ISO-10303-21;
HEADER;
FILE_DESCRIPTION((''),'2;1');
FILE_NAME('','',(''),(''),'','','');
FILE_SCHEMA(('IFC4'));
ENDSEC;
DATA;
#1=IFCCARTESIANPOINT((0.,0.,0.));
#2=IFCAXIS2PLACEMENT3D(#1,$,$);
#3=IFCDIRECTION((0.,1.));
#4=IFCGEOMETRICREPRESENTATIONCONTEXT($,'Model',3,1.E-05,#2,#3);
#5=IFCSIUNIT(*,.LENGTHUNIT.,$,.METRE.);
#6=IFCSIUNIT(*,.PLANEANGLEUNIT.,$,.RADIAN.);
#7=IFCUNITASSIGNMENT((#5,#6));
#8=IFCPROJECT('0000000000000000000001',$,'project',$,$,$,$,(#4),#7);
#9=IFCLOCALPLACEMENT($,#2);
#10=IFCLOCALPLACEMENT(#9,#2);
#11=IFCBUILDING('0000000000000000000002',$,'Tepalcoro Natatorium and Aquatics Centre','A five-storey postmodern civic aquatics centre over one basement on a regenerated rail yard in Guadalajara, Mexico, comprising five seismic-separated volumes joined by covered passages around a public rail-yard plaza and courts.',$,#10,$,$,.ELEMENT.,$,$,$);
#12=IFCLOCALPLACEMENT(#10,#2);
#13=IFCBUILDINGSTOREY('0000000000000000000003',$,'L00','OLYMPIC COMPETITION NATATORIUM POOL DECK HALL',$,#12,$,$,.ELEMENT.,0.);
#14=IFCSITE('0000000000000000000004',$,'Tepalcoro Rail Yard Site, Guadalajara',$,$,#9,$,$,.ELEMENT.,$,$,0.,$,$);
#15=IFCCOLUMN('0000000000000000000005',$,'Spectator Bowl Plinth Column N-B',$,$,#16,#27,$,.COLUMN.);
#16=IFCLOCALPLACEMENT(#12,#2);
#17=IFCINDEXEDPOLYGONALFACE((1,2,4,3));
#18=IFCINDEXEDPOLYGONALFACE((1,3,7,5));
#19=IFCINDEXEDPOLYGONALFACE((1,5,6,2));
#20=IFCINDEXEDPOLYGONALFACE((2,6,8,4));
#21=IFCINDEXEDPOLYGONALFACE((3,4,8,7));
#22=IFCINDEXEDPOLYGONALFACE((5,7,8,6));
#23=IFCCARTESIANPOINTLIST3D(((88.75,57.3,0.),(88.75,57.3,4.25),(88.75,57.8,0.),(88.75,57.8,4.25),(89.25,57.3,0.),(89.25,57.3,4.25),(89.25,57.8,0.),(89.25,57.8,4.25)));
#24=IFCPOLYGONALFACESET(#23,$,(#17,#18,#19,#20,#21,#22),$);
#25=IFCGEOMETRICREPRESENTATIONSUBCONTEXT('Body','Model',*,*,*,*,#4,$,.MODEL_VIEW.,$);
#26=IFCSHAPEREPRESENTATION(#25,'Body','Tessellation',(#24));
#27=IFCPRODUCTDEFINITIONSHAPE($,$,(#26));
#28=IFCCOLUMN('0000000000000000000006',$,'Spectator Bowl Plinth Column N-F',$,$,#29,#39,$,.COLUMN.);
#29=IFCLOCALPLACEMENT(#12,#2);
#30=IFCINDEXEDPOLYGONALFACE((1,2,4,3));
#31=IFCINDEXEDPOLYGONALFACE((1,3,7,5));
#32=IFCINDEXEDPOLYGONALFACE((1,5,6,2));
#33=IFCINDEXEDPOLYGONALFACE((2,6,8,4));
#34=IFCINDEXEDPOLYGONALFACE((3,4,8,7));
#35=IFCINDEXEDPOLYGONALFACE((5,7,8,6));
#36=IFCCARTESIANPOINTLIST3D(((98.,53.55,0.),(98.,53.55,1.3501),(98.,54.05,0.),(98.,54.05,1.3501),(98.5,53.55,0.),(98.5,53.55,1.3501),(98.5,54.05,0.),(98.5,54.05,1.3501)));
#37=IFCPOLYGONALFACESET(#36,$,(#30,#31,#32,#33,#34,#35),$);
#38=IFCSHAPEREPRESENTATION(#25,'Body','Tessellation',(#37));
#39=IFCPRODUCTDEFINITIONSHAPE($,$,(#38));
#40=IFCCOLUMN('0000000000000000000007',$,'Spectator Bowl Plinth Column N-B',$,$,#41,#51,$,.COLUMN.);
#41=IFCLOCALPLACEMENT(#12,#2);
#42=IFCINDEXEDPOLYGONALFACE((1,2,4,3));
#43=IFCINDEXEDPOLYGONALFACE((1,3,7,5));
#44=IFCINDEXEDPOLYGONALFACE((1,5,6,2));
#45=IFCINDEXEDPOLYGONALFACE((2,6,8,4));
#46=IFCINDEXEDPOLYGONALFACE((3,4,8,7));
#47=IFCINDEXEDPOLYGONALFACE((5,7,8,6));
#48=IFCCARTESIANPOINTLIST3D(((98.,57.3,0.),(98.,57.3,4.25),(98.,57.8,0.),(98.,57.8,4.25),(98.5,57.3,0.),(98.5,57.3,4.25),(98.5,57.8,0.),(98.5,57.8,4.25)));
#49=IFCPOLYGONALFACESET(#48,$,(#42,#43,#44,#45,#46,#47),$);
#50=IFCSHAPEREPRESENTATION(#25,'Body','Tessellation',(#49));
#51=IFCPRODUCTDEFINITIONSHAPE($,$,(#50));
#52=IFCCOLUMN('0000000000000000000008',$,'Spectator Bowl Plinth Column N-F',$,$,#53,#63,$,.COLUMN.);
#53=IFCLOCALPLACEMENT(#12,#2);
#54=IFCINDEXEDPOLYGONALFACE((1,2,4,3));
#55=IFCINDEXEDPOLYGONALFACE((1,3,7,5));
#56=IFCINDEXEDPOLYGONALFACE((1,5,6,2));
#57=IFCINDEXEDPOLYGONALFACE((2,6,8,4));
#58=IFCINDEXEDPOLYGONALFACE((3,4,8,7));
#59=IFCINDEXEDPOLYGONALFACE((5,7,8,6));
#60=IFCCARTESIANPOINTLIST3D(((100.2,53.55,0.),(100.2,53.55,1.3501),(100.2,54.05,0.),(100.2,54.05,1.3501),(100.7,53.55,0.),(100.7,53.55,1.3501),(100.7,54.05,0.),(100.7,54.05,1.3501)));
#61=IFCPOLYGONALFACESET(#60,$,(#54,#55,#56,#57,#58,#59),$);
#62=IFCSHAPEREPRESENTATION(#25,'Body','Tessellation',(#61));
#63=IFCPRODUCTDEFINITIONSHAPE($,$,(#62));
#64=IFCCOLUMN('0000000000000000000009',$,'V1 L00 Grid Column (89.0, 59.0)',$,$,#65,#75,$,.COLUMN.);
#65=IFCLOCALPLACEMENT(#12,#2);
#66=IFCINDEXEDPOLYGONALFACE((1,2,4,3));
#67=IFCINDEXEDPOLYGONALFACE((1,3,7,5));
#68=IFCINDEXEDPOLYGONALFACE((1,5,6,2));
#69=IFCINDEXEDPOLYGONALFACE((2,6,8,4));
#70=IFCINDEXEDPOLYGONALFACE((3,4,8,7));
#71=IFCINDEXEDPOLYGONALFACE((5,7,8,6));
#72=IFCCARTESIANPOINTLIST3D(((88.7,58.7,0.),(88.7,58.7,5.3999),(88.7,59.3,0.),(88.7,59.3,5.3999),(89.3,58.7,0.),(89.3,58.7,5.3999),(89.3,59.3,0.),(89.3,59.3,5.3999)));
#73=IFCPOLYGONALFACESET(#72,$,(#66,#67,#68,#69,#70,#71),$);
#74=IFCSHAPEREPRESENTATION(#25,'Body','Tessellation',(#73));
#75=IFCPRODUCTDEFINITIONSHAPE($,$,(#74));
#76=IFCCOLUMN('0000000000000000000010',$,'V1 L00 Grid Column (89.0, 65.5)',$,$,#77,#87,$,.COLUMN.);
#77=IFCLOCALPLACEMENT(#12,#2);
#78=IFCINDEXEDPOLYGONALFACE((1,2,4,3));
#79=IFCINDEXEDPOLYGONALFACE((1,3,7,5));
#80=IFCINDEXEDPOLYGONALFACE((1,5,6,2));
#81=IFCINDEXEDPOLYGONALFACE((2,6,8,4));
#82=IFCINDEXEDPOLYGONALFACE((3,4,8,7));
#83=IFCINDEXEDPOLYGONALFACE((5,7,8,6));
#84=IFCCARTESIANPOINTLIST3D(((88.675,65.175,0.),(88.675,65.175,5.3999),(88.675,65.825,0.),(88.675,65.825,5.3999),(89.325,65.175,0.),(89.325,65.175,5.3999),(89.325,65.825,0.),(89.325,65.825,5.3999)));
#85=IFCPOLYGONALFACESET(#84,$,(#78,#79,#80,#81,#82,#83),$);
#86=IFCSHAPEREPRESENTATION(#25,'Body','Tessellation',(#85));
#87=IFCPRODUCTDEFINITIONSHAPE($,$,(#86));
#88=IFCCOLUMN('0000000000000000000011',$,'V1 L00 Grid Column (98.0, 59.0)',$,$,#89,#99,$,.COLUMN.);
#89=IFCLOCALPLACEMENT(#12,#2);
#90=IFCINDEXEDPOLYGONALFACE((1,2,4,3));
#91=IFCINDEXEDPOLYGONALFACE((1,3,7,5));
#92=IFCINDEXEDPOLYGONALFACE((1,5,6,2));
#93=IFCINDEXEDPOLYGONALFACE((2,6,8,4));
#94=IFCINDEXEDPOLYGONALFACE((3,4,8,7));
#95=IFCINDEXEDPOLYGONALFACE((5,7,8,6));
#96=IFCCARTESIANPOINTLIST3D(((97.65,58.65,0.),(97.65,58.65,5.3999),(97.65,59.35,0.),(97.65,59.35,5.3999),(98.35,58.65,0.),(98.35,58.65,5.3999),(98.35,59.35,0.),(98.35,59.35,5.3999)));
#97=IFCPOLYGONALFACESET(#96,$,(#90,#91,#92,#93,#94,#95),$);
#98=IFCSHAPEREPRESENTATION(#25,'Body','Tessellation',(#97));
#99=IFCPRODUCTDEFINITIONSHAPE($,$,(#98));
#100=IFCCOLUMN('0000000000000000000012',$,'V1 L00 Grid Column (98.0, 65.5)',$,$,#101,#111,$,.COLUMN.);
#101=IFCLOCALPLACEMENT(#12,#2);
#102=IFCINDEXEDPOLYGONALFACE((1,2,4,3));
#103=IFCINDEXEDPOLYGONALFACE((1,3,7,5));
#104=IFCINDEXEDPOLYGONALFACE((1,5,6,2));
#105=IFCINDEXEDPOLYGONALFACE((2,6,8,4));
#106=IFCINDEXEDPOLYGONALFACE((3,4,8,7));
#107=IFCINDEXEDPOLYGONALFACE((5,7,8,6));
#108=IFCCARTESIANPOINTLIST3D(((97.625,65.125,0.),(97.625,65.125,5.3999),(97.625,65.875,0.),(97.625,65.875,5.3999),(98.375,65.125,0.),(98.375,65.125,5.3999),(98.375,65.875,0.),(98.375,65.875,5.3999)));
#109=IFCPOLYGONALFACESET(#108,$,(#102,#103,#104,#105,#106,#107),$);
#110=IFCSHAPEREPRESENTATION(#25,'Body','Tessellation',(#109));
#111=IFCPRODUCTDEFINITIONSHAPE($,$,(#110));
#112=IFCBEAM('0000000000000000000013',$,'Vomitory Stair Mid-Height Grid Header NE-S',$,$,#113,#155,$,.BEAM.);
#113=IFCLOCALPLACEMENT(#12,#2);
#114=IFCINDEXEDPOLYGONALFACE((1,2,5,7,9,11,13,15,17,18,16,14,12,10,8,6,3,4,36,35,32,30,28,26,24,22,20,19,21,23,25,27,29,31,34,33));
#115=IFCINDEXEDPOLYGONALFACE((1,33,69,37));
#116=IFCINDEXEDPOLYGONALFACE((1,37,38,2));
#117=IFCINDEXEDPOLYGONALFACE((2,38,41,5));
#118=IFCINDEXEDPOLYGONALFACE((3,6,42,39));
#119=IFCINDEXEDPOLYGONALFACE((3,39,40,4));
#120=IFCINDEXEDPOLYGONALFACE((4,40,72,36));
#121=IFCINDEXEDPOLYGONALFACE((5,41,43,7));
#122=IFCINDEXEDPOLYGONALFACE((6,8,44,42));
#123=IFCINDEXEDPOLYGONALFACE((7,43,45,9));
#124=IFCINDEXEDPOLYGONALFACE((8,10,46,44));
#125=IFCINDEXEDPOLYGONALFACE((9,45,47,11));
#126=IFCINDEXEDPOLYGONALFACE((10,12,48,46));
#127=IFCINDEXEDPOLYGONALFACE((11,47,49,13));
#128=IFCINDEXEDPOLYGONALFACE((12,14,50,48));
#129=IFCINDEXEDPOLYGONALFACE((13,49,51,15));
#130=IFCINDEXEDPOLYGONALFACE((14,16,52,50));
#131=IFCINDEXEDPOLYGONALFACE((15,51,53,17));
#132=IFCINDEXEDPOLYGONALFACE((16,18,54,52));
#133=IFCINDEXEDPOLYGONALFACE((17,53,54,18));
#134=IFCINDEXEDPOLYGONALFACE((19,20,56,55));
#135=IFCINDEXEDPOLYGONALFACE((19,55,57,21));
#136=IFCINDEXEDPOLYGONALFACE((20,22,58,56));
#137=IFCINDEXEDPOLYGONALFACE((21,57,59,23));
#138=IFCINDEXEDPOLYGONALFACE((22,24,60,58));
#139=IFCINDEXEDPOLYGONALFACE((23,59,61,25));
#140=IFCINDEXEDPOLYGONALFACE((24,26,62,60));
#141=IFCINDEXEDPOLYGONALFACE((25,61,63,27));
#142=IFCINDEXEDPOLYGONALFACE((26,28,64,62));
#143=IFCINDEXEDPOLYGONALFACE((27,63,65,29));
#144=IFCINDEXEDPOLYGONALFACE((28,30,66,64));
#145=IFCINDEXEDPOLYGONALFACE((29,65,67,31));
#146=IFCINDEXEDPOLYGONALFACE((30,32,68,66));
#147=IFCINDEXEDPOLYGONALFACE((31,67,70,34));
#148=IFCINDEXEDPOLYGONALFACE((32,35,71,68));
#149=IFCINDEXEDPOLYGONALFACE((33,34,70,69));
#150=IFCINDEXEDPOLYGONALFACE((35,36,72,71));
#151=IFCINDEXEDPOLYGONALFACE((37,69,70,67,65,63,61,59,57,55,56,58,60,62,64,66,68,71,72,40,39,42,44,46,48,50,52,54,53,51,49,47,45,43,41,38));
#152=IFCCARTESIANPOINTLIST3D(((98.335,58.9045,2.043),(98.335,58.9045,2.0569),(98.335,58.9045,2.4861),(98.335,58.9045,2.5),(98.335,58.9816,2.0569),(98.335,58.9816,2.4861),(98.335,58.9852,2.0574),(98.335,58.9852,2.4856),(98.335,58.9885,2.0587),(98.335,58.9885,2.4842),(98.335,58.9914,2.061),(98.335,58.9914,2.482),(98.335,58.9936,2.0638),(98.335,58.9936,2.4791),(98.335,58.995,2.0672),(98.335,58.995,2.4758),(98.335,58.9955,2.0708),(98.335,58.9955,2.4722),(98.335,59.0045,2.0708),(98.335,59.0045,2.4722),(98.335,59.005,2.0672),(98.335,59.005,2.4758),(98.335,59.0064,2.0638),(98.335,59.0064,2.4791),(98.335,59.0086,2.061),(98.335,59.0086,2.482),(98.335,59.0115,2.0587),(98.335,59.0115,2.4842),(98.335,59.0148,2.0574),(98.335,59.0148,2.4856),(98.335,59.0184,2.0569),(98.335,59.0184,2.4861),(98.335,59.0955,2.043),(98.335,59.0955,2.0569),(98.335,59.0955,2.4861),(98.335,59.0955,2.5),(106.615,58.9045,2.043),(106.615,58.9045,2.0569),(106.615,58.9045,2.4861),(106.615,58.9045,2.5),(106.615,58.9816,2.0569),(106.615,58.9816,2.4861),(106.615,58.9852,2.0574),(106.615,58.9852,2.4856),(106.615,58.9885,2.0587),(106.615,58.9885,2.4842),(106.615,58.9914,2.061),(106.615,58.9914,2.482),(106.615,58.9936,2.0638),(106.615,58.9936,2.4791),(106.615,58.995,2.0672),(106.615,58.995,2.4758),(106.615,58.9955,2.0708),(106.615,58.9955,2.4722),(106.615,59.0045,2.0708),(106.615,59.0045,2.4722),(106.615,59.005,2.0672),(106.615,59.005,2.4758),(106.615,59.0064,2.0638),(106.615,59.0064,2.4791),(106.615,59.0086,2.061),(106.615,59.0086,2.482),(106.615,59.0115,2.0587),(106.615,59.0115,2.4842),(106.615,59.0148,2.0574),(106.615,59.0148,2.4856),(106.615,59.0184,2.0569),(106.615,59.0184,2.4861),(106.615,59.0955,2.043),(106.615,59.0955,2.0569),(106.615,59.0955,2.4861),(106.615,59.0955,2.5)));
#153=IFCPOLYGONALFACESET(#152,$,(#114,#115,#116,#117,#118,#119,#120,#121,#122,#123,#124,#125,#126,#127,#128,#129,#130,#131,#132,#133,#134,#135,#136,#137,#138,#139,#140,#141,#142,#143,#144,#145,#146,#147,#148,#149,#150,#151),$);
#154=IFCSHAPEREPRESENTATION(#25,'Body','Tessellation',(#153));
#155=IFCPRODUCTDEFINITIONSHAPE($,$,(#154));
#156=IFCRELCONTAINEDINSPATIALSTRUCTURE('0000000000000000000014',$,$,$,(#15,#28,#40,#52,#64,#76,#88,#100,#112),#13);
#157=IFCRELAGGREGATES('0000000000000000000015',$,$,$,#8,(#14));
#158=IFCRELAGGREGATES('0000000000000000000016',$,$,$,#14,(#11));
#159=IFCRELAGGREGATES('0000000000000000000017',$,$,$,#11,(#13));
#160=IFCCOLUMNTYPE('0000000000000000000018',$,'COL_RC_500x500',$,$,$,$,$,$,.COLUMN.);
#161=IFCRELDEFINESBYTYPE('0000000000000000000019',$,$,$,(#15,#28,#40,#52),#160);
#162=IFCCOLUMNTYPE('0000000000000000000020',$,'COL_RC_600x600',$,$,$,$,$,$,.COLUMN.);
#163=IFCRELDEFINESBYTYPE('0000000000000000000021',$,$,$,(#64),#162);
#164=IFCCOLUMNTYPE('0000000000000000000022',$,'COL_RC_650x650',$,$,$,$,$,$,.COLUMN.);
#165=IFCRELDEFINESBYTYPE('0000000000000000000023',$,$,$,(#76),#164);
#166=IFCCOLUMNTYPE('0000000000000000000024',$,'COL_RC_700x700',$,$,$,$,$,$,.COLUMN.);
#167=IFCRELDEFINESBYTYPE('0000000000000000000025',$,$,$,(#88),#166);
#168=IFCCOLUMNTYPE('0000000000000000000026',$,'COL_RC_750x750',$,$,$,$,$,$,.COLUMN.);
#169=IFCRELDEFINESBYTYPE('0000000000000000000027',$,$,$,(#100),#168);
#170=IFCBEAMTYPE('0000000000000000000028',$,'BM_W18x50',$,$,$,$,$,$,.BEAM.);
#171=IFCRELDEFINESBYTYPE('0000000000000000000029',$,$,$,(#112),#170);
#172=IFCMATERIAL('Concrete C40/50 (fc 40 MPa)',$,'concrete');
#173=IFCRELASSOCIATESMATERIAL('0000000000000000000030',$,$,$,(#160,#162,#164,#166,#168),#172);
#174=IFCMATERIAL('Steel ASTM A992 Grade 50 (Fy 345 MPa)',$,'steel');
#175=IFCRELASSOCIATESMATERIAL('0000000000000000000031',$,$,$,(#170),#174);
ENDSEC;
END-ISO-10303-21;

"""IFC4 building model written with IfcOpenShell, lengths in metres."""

from ifc_helpers import new_model, si_unit, direction, frame, origin, origin_2d, place, context, subcontext, project, spatial, rectangle, i_section, extrude, material, material_profile, profile_set, type_object, element, save


model = new_model("IFC4")

# Units and contexts
model_context = context("Model", 3, precision=1e-05, world=origin(), true_north=direction((0.0, 1.0)))
body_context = subcontext(model_context, "Body", "Model", "MODEL_VIEW")
ifc_project = project(units=[si_unit("LENGTHUNIT", "METRE"), si_unit("PLANEANGLEUNIT", "RADIAN")], contexts=[model_context])

# Site, building, storey
site_placement = place(None, origin())
site = spatial("IfcSite", under=ifc_project, at=site_placement, Name="Tepalcoro Rail Yard Site, Guadalajara", CompositionType="ELEMENT", RefElevation=0.0)
building_placement = place(site_placement, origin())
building = spatial("IfcBuilding", under=site, at=building_placement, Name="Tepalcoro Natatorium and Aquatics Centre", Description="A five-storey postmodern civic aquatics centre over one basement on a regenerated rail yard in Guadalajara, Mexico, comprising five seismic-separated volumes joined by covered passages around a public rail-yard plaza and courts.", CompositionType="ELEMENT")
storey_placement = place(building_placement, origin())
storey = spatial("IfcBuildingStorey", under=building, at=storey_placement, Name="L00", Description="OLYMPIC COMPETITION NATATORIUM POOL DECK HALL", CompositionType="ELEMENT", Elevation=0.0)

# Columns
ifc_material_1 = material(Name="Concrete C40/50 (fc 40 MPa)", Category="concrete")
ifc_material_profile_1 = material_profile(ifc_material_1, rectangle(XDim=0.5, YDim=0.5, at=origin_2d()), Name="RC500x500")
ifc_profile_set_1 = profile_set([ifc_material_profile_1], Name="Concrete C40/50 (fc 40 MPa)")
column_type_1 = type_object("IfcColumnType", Name="COL_RC_500x500", PredefinedType="COLUMN", material=ifc_profile_set_1)
column_1_placement = place(storey_placement, frame((89.0, 57.55, 0.0), z_axis=(0.0, 0.0, 1.0), x_axis=(1.0, 0.0, 0.0)))
element("IfcColumn", 1, at=column_1_placement, inside=storey, type_object=column_type_1, Name="Spectator Bowl Plinth Column N-B", PredefinedType="COLUMN", context=body_context, shape_type="SweptSolid", body=[
    extrude(rectangle(XDim=0.5, YDim=0.5, at=origin_2d()), origin(), (0.0, 0.0, 1.0), 4.25),
])
column_2_placement = place(storey_placement, frame((98.25, 53.8, 0.0), z_axis=(0.0, 0.0, 1.0), x_axis=(1.0, 0.0, 0.0)))
element("IfcColumn", 2, at=column_2_placement, inside=storey, type_object=column_type_1, Name="Spectator Bowl Plinth Column N-F", PredefinedType="COLUMN", context=body_context, shape_type="SweptSolid", body=[
    extrude(rectangle(XDim=0.5, YDim=0.5, at=origin_2d()), origin(), (0.0, 0.0, 1.0), 1.3501),
])
column_3_placement = place(storey_placement, frame((98.25, 57.55, 0.0), z_axis=(0.0, 0.0, 1.0), x_axis=(1.0, 0.0, 0.0)))
element("IfcColumn", 3, at=column_3_placement, inside=storey, type_object=column_type_1, Name="Spectator Bowl Plinth Column N-B", PredefinedType="COLUMN", context=body_context, shape_type="SweptSolid", body=[
    extrude(rectangle(XDim=0.5, YDim=0.5, at=origin_2d()), origin(), (0.0, 0.0, 1.0), 4.25),
])
column_4_placement = place(storey_placement, frame((100.45, 53.8, 0.0), z_axis=(0.0, 0.0, 1.0), x_axis=(1.0, 0.0, 0.0)))
element("IfcColumn", 4, at=column_4_placement, inside=storey, type_object=column_type_1, Name="Spectator Bowl Plinth Column N-F", PredefinedType="COLUMN", context=body_context, shape_type="SweptSolid", body=[
    extrude(rectangle(XDim=0.5, YDim=0.5, at=origin_2d()), origin(), (0.0, 0.0, 1.0), 1.3501),
])
ifc_material_profile_2 = material_profile(ifc_material_1, rectangle(XDim=0.6001, YDim=0.6001, at=origin_2d()), Name="RC600x600")
ifc_profile_set_2 = profile_set([ifc_material_profile_2], Name="Concrete C40/50 (fc 40 MPa)")
column_type_2 = type_object("IfcColumnType", Name="COL_RC_600x600", PredefinedType="COLUMN", material=ifc_profile_set_2)
column_5_placement = place(storey_placement, frame((89.0, 59.0, 0.0), z_axis=(0.0, 0.0, 1.0), x_axis=(1.0, 0.0, 0.0)))
element("IfcColumn", 5, at=column_5_placement, inside=storey, type_object=column_type_2, Name="V1 L00 Grid Column (89.0, 59.0)", PredefinedType="COLUMN", context=body_context, shape_type="SweptSolid", body=[
    extrude(rectangle(XDim=0.6001, YDim=0.6001, at=origin_2d()), origin(), (0.0, 0.0, 1.0), 5.3999),
])
ifc_material_profile_3 = material_profile(ifc_material_1, rectangle(XDim=0.6499, YDim=0.6499, at=origin_2d()), Name="RC650x650")
ifc_profile_set_3 = profile_set([ifc_material_profile_3], Name="Concrete C40/50 (fc 40 MPa)")
column_type_3 = type_object("IfcColumnType", Name="COL_RC_650x650", PredefinedType="COLUMN", material=ifc_profile_set_3)
column_6_placement = place(storey_placement, frame((89.0, 65.5, 0.0), z_axis=(0.0, 0.0, 1.0), x_axis=(1.0, 0.0, 0.0)))
element("IfcColumn", 6, at=column_6_placement, inside=storey, type_object=column_type_3, Name="V1 L00 Grid Column (89.0, 65.5)", PredefinedType="COLUMN", context=body_context, shape_type="SweptSolid", body=[
    extrude(rectangle(XDim=0.6499, YDim=0.6499, at=origin_2d()), origin(), (0.0, 0.0, 1.0), 5.3999),
])
ifc_material_profile_4 = material_profile(ifc_material_1, rectangle(XDim=0.7, YDim=0.7, at=origin_2d()), Name="RC700x700")
ifc_profile_set_4 = profile_set([ifc_material_profile_4], Name="Concrete C40/50 (fc 40 MPa)")
column_type_4 = type_object("IfcColumnType", Name="COL_RC_700x700", PredefinedType="COLUMN", material=ifc_profile_set_4)
column_7_placement = place(storey_placement, frame((98.0, 59.0, 0.0), z_axis=(0.0, 0.0, 1.0), x_axis=(1.0, 0.0, 0.0)))
element("IfcColumn", 7, at=column_7_placement, inside=storey, type_object=column_type_4, Name="V1 L00 Grid Column (98.0, 59.0)", PredefinedType="COLUMN", context=body_context, shape_type="SweptSolid", body=[
    extrude(rectangle(XDim=0.7, YDim=0.7, at=origin_2d()), origin(), (0.0, 0.0, 1.0), 5.3999),
])
ifc_material_profile_5 = material_profile(ifc_material_1, rectangle(XDim=0.75, YDim=0.75, at=origin_2d()), Name="RC750x750")
ifc_profile_set_5 = profile_set([ifc_material_profile_5], Name="Concrete C40/50 (fc 40 MPa)")
column_type_5 = type_object("IfcColumnType", Name="COL_RC_750x750", PredefinedType="COLUMN", material=ifc_profile_set_5)
column_8_placement = place(storey_placement, frame((98.0, 65.5, 0.0), z_axis=(0.0, 0.0, 1.0), x_axis=(1.0, 0.0, 0.0)))
element("IfcColumn", 8, at=column_8_placement, inside=storey, type_object=column_type_5, Name="V1 L00 Grid Column (98.0, 65.5)", PredefinedType="COLUMN", context=body_context, shape_type="SweptSolid", body=[
    extrude(rectangle(XDim=0.75, YDim=0.75, at=origin_2d()), origin(), (0.0, 0.0, 1.0), 5.3999),
])

# Beam
ifc_material_2 = material(Name="Steel ASTM A992 Grade 50 (Fy 345 MPa)", Category="steel")
ifc_material_profile_6 = material_profile(ifc_material_2, i_section(OverallWidth=0.1909, OverallDepth=0.457, WebThickness=0.009, FlangeThickness=0.0139, FilletRadius=0.0139, at=origin_2d()), Name="W18X50")
ifc_profile_set_6 = profile_set([ifc_material_profile_6], Name="Steel ASTM A992 Grade 50 (Fy 345 MPa)")
beam_type_1 = type_object("IfcBeamType", Name="BM_W18x50", PredefinedType="BEAM", material=ifc_profile_set_6)
beam_1_placement = place(storey_placement, frame((98.335, 59.0, 2.2715), z_axis=(1.0, 0.0, 0.0), x_axis=(0.0, 1.0, 0.0)))
element("IfcBeam", 9, at=beam_1_placement, inside=storey, type_object=beam_type_1, Name="Vomitory Stair Mid-Height Grid Header NE-S", PredefinedType="BEAM", context=body_context, shape_type="SweptSolid", body=[
    extrude(i_section(OverallWidth=0.1909, OverallDepth=0.457, WebThickness=0.009, FlangeThickness=0.0139, FilletRadius=0.0139, at=origin_2d()), origin(), (0.0, 0.0, 1.0), 8.28),
])

save(model, "model.ifc")
